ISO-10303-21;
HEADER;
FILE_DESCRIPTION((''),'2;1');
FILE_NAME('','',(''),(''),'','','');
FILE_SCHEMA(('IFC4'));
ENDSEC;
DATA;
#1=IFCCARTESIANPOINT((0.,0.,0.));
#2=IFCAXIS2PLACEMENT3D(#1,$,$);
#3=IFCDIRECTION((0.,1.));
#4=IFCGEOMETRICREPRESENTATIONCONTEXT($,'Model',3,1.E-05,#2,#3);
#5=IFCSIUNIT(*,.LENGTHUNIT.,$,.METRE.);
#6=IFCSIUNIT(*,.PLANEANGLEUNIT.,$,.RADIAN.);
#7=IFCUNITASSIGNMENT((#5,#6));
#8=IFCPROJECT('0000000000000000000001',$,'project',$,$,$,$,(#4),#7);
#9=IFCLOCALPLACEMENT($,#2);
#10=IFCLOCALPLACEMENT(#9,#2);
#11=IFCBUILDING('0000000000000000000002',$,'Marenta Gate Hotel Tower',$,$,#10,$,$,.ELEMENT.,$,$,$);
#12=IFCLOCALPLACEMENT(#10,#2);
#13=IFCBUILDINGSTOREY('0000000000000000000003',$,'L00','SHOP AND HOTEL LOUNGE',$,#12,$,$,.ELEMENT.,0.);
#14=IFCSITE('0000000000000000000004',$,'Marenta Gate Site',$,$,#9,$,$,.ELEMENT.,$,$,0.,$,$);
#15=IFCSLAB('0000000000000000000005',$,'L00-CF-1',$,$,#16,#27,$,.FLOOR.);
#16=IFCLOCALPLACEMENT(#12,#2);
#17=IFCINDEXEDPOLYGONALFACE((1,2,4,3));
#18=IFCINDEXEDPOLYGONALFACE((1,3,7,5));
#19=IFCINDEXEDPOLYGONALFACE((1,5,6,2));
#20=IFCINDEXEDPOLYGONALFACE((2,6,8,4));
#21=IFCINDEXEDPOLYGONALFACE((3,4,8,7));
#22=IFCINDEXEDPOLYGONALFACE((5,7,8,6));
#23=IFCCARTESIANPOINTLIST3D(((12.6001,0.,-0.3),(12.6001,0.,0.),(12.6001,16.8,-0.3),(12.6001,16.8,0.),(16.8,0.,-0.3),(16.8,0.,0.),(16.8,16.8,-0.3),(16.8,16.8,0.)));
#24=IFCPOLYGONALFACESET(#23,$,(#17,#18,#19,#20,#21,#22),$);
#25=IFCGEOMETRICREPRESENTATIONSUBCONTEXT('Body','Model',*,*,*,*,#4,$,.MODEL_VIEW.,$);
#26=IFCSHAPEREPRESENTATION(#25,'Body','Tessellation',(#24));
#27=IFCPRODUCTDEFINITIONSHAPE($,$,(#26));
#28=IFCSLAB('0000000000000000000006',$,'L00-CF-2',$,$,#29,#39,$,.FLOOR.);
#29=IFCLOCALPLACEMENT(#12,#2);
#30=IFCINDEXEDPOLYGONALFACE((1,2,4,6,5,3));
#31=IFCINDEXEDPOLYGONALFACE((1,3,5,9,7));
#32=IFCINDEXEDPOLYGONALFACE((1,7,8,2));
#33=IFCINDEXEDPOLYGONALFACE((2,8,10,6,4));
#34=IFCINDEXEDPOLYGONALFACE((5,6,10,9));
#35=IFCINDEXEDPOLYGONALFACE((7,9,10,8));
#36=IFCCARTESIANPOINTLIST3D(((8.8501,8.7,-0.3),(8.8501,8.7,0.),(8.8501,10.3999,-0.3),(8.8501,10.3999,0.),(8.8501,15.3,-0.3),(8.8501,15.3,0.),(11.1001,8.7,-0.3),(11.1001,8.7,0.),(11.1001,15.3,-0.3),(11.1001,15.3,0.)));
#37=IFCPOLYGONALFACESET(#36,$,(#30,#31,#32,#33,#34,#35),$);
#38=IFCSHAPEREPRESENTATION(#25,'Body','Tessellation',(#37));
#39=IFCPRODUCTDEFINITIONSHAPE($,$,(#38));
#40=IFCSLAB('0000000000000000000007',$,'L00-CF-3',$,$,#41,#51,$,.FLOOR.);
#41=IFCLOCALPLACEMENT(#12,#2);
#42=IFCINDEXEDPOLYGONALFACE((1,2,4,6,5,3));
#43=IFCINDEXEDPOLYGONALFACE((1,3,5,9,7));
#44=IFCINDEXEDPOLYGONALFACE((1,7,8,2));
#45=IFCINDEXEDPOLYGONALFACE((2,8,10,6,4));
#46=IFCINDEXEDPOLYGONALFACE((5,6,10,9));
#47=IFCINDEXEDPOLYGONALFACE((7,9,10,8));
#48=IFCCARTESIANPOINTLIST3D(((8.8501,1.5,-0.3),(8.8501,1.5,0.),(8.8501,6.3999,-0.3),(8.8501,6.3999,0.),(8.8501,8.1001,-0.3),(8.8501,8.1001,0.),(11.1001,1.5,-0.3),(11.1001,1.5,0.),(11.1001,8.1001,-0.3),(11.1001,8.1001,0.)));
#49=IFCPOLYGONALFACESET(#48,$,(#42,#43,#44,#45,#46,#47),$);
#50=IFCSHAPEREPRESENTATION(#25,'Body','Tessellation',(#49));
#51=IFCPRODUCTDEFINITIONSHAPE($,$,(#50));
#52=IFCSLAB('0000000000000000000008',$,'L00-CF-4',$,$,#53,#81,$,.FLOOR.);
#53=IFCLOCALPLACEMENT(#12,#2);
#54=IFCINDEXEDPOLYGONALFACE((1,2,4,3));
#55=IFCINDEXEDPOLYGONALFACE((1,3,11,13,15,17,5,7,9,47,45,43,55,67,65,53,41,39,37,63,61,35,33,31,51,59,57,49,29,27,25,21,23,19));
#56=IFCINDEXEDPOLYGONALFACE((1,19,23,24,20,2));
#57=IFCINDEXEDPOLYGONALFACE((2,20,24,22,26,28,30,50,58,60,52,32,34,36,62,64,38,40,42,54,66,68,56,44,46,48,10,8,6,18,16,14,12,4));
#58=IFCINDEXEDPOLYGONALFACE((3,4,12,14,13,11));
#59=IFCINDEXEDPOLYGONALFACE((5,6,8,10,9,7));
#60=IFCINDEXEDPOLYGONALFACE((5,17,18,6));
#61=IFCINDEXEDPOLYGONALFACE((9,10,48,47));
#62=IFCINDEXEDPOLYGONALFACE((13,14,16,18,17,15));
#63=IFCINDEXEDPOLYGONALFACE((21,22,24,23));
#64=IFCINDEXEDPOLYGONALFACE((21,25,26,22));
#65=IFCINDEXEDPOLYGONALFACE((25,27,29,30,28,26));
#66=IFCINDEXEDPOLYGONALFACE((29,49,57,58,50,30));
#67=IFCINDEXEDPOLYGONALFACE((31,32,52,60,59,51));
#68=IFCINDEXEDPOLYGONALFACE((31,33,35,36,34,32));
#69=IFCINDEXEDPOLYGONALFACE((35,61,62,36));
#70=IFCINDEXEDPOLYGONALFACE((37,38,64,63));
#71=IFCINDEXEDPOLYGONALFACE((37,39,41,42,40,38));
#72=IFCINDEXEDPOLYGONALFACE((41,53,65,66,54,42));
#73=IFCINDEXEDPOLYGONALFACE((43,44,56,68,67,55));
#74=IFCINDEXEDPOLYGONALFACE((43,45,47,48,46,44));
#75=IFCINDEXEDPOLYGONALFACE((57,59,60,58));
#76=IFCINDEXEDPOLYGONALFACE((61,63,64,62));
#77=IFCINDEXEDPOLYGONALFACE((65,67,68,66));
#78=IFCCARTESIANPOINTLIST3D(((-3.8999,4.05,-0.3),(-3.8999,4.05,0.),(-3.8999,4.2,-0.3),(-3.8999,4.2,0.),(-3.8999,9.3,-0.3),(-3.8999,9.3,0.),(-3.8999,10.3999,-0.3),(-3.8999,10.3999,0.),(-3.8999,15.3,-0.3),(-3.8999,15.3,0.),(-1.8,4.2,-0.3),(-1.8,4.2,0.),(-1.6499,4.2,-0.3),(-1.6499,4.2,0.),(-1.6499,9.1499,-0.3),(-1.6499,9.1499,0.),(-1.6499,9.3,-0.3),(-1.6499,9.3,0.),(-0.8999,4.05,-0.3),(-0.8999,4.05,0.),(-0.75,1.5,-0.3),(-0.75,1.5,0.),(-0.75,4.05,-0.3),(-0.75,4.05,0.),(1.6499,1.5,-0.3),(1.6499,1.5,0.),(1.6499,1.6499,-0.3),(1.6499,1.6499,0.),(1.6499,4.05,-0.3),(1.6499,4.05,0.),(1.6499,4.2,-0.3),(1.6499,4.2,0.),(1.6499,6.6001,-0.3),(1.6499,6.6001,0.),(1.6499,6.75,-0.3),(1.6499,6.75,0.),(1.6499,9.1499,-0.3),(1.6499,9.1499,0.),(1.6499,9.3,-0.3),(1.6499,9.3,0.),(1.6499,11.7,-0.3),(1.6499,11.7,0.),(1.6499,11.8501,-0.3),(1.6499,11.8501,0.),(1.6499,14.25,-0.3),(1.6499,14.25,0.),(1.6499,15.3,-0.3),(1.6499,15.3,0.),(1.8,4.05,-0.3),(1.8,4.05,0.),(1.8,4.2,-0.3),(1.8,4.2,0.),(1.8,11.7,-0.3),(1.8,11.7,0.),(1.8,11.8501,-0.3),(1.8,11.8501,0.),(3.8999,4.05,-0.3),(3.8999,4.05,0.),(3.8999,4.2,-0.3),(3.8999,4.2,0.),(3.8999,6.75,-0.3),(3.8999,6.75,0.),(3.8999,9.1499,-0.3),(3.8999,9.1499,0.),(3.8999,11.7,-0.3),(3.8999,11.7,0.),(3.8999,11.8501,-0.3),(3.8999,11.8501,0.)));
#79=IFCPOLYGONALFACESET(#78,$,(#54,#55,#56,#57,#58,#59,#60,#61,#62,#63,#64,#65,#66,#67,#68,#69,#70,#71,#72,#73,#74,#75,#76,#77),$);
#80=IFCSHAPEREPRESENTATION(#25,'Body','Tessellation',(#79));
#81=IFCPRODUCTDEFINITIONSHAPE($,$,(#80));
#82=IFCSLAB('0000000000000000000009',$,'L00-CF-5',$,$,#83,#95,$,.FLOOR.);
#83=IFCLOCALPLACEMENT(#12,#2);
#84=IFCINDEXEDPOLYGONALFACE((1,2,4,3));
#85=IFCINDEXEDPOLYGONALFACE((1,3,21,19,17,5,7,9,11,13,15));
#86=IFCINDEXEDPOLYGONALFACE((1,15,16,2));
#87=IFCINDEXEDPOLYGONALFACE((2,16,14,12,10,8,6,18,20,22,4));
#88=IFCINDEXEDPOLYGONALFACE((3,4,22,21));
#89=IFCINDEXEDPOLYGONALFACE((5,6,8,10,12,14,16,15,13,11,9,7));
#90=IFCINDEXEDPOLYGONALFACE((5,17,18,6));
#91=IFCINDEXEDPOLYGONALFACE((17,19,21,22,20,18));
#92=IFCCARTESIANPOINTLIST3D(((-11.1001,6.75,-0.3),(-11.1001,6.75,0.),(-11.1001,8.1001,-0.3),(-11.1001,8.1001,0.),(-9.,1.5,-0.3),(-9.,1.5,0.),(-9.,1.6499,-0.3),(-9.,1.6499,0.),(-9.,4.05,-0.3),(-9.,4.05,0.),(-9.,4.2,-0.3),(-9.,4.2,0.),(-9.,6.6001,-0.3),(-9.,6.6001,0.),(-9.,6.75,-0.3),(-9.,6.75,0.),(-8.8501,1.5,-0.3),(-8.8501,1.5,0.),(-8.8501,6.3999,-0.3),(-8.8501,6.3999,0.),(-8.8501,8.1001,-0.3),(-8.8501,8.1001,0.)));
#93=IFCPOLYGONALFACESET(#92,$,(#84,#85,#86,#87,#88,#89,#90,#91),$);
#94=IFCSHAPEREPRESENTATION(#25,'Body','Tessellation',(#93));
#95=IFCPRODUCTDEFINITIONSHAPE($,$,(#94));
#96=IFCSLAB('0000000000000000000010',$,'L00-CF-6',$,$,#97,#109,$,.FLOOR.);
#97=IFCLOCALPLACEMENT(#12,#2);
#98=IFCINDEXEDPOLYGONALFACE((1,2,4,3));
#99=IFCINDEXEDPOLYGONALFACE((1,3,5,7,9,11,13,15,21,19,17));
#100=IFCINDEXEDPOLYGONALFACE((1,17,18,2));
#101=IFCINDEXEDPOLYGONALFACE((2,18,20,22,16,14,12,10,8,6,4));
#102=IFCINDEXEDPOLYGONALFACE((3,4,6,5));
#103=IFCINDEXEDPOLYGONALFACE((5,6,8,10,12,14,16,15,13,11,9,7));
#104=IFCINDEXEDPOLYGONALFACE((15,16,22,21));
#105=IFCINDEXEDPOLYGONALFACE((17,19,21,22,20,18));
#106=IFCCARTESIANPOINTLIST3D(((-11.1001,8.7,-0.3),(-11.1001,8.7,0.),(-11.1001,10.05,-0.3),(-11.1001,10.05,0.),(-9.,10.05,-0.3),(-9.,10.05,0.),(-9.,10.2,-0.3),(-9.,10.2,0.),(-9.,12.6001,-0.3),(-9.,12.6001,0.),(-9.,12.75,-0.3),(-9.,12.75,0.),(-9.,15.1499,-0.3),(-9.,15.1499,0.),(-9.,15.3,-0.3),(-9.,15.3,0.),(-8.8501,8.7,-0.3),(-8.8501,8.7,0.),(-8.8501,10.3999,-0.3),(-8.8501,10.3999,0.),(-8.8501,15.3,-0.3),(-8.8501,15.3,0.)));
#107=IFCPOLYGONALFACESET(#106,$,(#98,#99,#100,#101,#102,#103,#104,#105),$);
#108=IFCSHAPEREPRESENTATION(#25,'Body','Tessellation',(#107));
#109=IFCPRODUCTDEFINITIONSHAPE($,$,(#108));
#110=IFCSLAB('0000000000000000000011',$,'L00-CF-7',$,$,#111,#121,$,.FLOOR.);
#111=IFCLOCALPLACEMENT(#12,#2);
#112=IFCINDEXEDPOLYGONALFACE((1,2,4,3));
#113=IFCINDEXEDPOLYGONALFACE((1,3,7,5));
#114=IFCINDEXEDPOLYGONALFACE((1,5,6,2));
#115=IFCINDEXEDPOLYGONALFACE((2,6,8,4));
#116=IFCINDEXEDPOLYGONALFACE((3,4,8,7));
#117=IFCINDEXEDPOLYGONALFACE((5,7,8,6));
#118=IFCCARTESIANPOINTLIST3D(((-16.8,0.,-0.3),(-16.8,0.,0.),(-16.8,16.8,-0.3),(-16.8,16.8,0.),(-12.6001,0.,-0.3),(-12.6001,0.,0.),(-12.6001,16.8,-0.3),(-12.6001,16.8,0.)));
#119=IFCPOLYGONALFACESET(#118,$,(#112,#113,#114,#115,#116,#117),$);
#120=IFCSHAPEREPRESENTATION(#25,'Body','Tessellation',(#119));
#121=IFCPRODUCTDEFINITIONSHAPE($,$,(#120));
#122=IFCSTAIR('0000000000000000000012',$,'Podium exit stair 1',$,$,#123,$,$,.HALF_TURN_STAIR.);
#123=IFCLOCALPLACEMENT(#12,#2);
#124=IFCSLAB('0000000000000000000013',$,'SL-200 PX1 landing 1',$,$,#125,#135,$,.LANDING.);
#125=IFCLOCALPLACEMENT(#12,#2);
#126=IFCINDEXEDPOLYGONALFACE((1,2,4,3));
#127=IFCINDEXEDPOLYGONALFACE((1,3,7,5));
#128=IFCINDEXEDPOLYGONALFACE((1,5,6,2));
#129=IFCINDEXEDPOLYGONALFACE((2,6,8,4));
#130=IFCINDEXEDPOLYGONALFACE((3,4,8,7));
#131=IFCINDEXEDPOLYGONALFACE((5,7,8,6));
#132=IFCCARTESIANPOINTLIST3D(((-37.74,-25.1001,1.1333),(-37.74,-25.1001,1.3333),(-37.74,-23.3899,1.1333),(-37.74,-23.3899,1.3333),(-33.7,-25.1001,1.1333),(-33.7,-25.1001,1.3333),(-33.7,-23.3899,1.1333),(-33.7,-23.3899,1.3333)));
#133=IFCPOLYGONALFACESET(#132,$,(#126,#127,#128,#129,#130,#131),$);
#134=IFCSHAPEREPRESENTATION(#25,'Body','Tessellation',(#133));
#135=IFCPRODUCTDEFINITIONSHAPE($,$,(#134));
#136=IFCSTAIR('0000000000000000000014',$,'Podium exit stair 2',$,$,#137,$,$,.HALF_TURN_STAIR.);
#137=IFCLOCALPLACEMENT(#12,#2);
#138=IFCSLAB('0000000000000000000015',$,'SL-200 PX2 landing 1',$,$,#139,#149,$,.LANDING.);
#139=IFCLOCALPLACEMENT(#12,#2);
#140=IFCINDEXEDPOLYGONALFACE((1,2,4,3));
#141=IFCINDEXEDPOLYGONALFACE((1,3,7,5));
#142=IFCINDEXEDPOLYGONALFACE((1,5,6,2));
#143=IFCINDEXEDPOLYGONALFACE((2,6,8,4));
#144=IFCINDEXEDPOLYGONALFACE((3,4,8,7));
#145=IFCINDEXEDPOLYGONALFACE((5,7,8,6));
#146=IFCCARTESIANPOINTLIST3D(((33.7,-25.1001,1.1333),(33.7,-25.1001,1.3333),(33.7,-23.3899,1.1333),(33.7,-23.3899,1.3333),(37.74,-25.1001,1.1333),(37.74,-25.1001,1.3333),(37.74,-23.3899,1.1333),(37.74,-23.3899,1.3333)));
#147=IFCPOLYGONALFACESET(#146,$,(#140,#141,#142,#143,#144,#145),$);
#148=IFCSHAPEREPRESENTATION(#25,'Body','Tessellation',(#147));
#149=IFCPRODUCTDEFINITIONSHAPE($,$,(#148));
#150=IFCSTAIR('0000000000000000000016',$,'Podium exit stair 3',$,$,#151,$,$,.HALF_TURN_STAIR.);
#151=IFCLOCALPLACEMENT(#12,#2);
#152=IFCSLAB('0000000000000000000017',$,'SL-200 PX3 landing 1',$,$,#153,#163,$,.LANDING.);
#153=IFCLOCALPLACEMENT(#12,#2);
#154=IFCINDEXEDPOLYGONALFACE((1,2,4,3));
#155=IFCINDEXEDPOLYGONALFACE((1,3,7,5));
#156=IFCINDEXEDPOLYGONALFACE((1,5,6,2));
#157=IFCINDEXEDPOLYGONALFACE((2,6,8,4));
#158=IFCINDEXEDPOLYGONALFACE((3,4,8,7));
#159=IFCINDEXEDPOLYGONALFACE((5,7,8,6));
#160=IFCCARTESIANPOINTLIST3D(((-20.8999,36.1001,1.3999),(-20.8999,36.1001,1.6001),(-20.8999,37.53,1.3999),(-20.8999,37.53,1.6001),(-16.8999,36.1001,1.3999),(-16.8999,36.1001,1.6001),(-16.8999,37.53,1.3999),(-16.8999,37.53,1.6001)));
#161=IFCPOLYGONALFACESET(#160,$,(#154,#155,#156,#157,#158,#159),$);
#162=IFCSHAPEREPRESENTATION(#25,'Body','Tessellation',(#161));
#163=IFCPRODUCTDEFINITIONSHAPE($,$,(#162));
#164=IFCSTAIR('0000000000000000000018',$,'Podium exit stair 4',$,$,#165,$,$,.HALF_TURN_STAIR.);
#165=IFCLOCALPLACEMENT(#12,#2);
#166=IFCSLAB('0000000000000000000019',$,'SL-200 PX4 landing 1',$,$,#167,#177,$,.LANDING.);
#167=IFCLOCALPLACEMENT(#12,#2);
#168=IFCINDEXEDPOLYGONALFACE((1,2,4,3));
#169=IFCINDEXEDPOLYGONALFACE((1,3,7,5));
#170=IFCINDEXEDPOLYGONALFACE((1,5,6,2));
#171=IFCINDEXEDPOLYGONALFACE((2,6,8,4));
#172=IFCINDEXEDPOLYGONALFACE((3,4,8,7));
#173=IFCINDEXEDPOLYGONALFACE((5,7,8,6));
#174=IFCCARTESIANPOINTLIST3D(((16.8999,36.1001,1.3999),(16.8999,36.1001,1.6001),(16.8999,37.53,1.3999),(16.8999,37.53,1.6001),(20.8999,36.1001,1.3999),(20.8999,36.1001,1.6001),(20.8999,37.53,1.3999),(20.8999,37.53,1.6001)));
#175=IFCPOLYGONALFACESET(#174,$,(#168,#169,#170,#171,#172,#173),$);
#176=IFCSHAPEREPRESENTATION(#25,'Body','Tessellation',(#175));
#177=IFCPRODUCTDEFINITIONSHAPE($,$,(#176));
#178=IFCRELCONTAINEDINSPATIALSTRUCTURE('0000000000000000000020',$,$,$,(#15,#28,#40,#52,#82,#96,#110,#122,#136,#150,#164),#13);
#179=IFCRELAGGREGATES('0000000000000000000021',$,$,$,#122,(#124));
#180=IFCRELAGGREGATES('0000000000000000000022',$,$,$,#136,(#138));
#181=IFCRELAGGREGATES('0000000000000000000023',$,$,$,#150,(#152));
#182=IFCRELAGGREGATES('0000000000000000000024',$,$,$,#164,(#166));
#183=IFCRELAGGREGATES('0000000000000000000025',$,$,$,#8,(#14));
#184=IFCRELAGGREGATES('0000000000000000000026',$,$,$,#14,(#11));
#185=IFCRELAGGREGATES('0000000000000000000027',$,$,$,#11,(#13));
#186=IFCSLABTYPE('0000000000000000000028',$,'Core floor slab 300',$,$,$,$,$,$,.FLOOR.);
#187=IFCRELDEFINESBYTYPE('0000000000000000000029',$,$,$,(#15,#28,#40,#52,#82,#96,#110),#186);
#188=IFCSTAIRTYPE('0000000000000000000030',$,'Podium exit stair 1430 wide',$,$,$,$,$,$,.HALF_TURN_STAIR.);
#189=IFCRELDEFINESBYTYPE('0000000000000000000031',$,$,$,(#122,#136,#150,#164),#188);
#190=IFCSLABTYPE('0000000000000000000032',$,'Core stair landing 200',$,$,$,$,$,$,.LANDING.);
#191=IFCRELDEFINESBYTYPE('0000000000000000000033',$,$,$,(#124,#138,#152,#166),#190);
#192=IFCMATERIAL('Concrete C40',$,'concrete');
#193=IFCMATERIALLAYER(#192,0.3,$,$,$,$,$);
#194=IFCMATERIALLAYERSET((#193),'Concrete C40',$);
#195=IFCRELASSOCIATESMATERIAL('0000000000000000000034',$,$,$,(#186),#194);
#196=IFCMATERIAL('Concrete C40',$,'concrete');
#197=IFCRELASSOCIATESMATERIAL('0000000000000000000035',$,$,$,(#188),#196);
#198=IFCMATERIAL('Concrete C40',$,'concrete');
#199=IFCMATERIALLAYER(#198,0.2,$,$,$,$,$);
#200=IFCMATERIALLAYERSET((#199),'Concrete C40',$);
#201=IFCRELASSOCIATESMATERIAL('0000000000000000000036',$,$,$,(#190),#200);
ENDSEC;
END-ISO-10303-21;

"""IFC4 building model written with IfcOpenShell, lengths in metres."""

from ifc_helpers import new_model, si_unit, direction, frame, origin, place, context, subcontext, project, spatial, polyline, outline, extrude, material, layer, layer_set, type_object, element, aggregate, save


model = new_model("IFC4")

# Units and contexts
model_context = context("Model", 3, precision=1e-05, world=origin(), true_north=direction((0.0, 1.0)))
body_context = subcontext(model_context, "Body", "Model", "MODEL_VIEW")
ifc_project = project(units=[si_unit("LENGTHUNIT", "METRE"), si_unit("PLANEANGLEUNIT", "RADIAN")], contexts=[model_context])

# Site, building, storey
site_placement = place(None, origin())
site = spatial("IfcSite", under=ifc_project, at=site_placement, Name="Marenta Gate Site", CompositionType="ELEMENT", RefElevation=0.0)
building_placement = place(site_placement, origin())
building = spatial("IfcBuilding", under=site, at=building_placement, Name="Marenta Gate Hotel Tower", CompositionType="ELEMENT")
storey_placement = place(building_placement, origin())
storey = spatial("IfcBuildingStorey", under=building, at=storey_placement, Name="L00", Description="SHOP AND HOTEL LOUNGE", CompositionType="ELEMENT", Elevation=0.0)

# Slabs
ifc_material_1 = material(Name="Concrete C40", Category="concrete")
ifc_layer_1 = layer(ifc_material_1, 0.3)
ifc_layer_set_1 = layer_set([ifc_layer_1], Name="Concrete C40")
slab_type_1 = type_object("IfcSlabType", Name="Core floor slab 300", PredefinedType="FLOOR", material=ifc_layer_set_1)
slab_1_placement = place(storey_placement, frame((0.0, 0.0, -0.3)))
element("IfcSlab", 1, at=slab_1_placement, inside=storey, type_object=slab_type_1, Name="L00-CF-1", PredefinedType="FLOOR", context=body_context, shape_type="SweptSolid", body=[
    extrude(outline(polyline([(12.6001, 0.0), (12.6001, 16.8), (16.8, 16.8), (16.8, 0.0), (12.6001, 0.0)])), origin(), (0.0, 0.0, 1.0), 0.3),
])
slab_2_placement = place(storey_placement, frame((0.0, 0.0, -0.3)))
element("IfcSlab", 2, at=slab_2_placement, inside=storey, type_object=slab_type_1, Name="L00-CF-2", PredefinedType="FLOOR", context=body_context, shape_type="SweptSolid", body=[
    extrude(outline(polyline([(8.8501, 15.3), (11.1001, 15.3), (11.1001, 8.7), (8.8501, 8.7), (8.8501, 10.3999), (8.8501, 15.3)])), origin(), (0.0, 0.0, 1.0), 0.3),
])
slab_3_placement = place(storey_placement, frame((0.0, 0.0, -0.3)))
element("IfcSlab", 3, at=slab_3_placement, inside=storey, type_object=slab_type_1, Name="L00-CF-3", PredefinedType="FLOOR", context=body_context, shape_type="SweptSolid", body=[
    extrude(outline(polyline([(11.1001, 8.1001), (11.1001, 1.5), (8.8501, 1.5), (8.8501, 6.3999), (8.8501, 8.1001), (11.1001, 8.1001)])), origin(), (0.0, 0.0, 1.0), 0.3),
])
slab_4_placement = place(storey_placement, frame((0.0, 0.0, -0.3)))
element("IfcSlab", 4, at=slab_4_placement, inside=storey, type_object=slab_type_1, Name="L00-CF-4", PredefinedType="FLOOR", context=body_context, shape_type="SweptSolid", body=[
    extrude(outline(polyline([(1.6499, 14.25), (1.6499, 11.8501), (1.8, 11.8501), (3.8999, 11.8501), (3.8999, 11.7), (1.8, 11.7), (1.6499, 11.7), (1.6499, 9.3), (1.6499, 9.1499), (3.8999, 9.1499), (3.8999, 9.3), (3.8999, 10.3999), (3.8999, 10.3999), (3.8999, 6.3999), (3.8999, 6.3999), (3.8999, 6.6001), (3.8999, 6.75), (1.6499, 6.75), (1.6499, 6.6001), (1.6499, 4.2), (1.8, 4.2), (3.8999, 4.2), (3.8999, 4.05), (1.8, 4.05), (1.6499, 4.05), (1.6499, 1.6499), (1.6499, 1.5), (-0.75, 1.5), (-0.75, 4.05), (-0.8999, 4.05), (-3.8999, 4.05), (-3.8999, 4.2), (-1.8, 4.2), (-1.6499, 4.2), (-1.6499, 9.1499), (-1.6499, 9.3), (-3.8999, 9.3), (-3.8999, 9.1499), (-3.8999, 6.75), (-3.8999, 6.6001), (-3.8999, 6.3999), (-3.8999, 6.3999), (-3.8999, 10.3999), (-3.8999, 10.3999), (-3.8999, 15.3), (1.6499, 15.3), (1.6499, 14.25)])), origin(), (0.0, 0.0, 1.0), 0.3),
])
slab_5_placement = place(storey_placement, frame((0.0, 0.0, -0.3)))
element("IfcSlab", 5, at=slab_5_placement, inside=storey, type_object=slab_type_1, Name="L00-CF-5", PredefinedType="FLOOR", context=body_context, shape_type="SweptSolid", body=[
    extrude(outline(polyline([(-8.8501, 8.1001), (-8.8501, 6.3999), (-8.8501, 1.5), (-9.0, 1.5), (-9.0, 1.6499), (-9.0, 4.05), (-9.0, 4.2), (-9.0, 6.6001), (-9.0, 6.75), (-11.1001, 6.75), (-11.1001, 8.1001), (-8.8501, 8.1001)])), origin(), (0.0, 0.0, 1.0), 0.3),
])
slab_6_placement = place(storey_placement, frame((0.0, 0.0, -0.3)))
element("IfcSlab", 6, at=slab_6_placement, inside=storey, type_object=slab_type_1, Name="L00-CF-6", PredefinedType="FLOOR", context=body_context, shape_type="SweptSolid", body=[
    extrude(outline(polyline([(-8.8501, 10.3999), (-8.8501, 8.7), (-11.1001, 8.7), (-11.1001, 10.05), (-9.0, 10.05), (-9.0, 10.2), (-9.0, 12.6001), (-9.0, 12.75), (-9.0, 15.1499), (-9.0, 15.3), (-8.8501, 15.3), (-8.8501, 10.3999)])), origin(), (0.0, 0.0, 1.0), 0.3),
])
slab_7_placement = place(storey_placement, frame((0.0, 0.0, -0.3)))
element("IfcSlab", 7, at=slab_7_placement, inside=storey, type_object=slab_type_1, Name="L00-CF-7", PredefinedType="FLOOR", context=body_context, shape_type="SweptSolid", body=[
    extrude(outline(polyline([(-12.6001, 16.8), (-12.6001, 0.0), (-16.8, 0.0), (-16.8, 16.8), (-12.6001, 16.8)])), origin(), (0.0, 0.0, 1.0), 0.3),
])

# Stairs, slabs
ifc_material_2 = material(Name="Concrete C40", Category="concrete")
stair_type = type_object("IfcStairType", Name="Podium exit stair 1430 wide", PredefinedType="HALF_TURN_STAIR", material=ifc_material_2)
stair_1_placement = place(storey_placement, origin())
stair_1 = element("IfcStair", 8, at=stair_1_placement, inside=storey, type_object=stair_type, Name="Podium exit stair 1", PredefinedType="HALF_TURN_STAIR")
ifc_material_3 = material(Name="Concrete C40", Category="concrete")
ifc_layer_2 = layer(ifc_material_3, 0.2)
ifc_layer_set_2 = layer_set([ifc_layer_2], Name="Concrete C40")
slab_type_2 = type_object("IfcSlabType", Name="Core stair landing 200", PredefinedType="LANDING", material=ifc_layer_set_2)
slab_8_placement = place(storey_placement, frame((0.0, 0.0, 1.1333)))
slab_8 = element("IfcSlab", 9, at=slab_8_placement, type_object=slab_type_2, Name="SL-200 PX1 landing 1", PredefinedType="LANDING", context=body_context, shape_type="SweptSolid", body=[
    extrude(outline(polyline([(-37.74, -25.1001), (-33.7, -25.1001), (-33.7, -23.3899), (-37.74, -23.3899), (-37.74, -25.1001)])), origin(), (0.0, 0.0, 1.0), 0.2),
])
aggregate(stair_1, [slab_8])
stair_2_placement = place(storey_placement, origin())
stair_2 = element("IfcStair", 10, at=stair_2_placement, inside=storey, type_object=stair_type, Name="Podium exit stair 2", PredefinedType="HALF_TURN_STAIR")
slab_9_placement = place(storey_placement, frame((0.0, 0.0, 1.1333)))
slab_9 = element("IfcSlab", 11, at=slab_9_placement, type_object=slab_type_2, Name="SL-200 PX2 landing 1", PredefinedType="LANDING", context=body_context, shape_type="SweptSolid", body=[
    extrude(outline(polyline([(33.7, -25.1001), (37.74, -25.1001), (37.74, -23.3899), (33.7, -23.3899), (33.7, -25.1001)])), origin(), (0.0, 0.0, 1.0), 0.2),
])
aggregate(stair_2, [slab_9])
stair_3_placement = place(storey_placement, origin())
stair_3 = element("IfcStair", 12, at=stair_3_placement, inside=storey, type_object=stair_type, Name="Podium exit stair 3", PredefinedType="HALF_TURN_STAIR")
slab_10_placement = place(storey_placement, frame((0.0, 0.0, 1.3999)))
slab_10 = element("IfcSlab", 13, at=slab_10_placement, type_object=slab_type_2, Name="SL-200 PX3 landing 1", PredefinedType="LANDING", context=body_context, shape_type="SweptSolid", body=[
    extrude(outline(polyline([(-20.8999, 36.1001), (-16.8999, 36.1001), (-16.8999, 37.53), (-20.8999, 37.53), (-20.8999, 36.1001)])), origin(), (0.0, 0.0, 1.0), 0.2002),
])
aggregate(stair_3, [slab_10])
stair_4_placement = place(storey_placement, origin())
stair_4 = element("IfcStair", 14, at=stair_4_placement, inside=storey, type_object=stair_type, Name="Podium exit stair 4", PredefinedType="HALF_TURN_STAIR")
slab_11_placement = place(storey_placement, frame((0.0, 0.0, 1.3999)))
slab_11 = element("IfcSlab", 15, at=slab_11_placement, type_object=slab_type_2, Name="SL-200 PX4 landing 1", PredefinedType="LANDING", context=body_context, shape_type="SweptSolid", body=[
    extrude(outline(polyline([(16.8999, 36.1001), (20.8999, 36.1001), (20.8999, 37.53), (16.8999, 37.53), (16.8999, 36.1001)])), origin(), (0.0, 0.0, 1.0), 0.2002),
])
aggregate(stair_4, [slab_11])

save(model, "model.ifc")
